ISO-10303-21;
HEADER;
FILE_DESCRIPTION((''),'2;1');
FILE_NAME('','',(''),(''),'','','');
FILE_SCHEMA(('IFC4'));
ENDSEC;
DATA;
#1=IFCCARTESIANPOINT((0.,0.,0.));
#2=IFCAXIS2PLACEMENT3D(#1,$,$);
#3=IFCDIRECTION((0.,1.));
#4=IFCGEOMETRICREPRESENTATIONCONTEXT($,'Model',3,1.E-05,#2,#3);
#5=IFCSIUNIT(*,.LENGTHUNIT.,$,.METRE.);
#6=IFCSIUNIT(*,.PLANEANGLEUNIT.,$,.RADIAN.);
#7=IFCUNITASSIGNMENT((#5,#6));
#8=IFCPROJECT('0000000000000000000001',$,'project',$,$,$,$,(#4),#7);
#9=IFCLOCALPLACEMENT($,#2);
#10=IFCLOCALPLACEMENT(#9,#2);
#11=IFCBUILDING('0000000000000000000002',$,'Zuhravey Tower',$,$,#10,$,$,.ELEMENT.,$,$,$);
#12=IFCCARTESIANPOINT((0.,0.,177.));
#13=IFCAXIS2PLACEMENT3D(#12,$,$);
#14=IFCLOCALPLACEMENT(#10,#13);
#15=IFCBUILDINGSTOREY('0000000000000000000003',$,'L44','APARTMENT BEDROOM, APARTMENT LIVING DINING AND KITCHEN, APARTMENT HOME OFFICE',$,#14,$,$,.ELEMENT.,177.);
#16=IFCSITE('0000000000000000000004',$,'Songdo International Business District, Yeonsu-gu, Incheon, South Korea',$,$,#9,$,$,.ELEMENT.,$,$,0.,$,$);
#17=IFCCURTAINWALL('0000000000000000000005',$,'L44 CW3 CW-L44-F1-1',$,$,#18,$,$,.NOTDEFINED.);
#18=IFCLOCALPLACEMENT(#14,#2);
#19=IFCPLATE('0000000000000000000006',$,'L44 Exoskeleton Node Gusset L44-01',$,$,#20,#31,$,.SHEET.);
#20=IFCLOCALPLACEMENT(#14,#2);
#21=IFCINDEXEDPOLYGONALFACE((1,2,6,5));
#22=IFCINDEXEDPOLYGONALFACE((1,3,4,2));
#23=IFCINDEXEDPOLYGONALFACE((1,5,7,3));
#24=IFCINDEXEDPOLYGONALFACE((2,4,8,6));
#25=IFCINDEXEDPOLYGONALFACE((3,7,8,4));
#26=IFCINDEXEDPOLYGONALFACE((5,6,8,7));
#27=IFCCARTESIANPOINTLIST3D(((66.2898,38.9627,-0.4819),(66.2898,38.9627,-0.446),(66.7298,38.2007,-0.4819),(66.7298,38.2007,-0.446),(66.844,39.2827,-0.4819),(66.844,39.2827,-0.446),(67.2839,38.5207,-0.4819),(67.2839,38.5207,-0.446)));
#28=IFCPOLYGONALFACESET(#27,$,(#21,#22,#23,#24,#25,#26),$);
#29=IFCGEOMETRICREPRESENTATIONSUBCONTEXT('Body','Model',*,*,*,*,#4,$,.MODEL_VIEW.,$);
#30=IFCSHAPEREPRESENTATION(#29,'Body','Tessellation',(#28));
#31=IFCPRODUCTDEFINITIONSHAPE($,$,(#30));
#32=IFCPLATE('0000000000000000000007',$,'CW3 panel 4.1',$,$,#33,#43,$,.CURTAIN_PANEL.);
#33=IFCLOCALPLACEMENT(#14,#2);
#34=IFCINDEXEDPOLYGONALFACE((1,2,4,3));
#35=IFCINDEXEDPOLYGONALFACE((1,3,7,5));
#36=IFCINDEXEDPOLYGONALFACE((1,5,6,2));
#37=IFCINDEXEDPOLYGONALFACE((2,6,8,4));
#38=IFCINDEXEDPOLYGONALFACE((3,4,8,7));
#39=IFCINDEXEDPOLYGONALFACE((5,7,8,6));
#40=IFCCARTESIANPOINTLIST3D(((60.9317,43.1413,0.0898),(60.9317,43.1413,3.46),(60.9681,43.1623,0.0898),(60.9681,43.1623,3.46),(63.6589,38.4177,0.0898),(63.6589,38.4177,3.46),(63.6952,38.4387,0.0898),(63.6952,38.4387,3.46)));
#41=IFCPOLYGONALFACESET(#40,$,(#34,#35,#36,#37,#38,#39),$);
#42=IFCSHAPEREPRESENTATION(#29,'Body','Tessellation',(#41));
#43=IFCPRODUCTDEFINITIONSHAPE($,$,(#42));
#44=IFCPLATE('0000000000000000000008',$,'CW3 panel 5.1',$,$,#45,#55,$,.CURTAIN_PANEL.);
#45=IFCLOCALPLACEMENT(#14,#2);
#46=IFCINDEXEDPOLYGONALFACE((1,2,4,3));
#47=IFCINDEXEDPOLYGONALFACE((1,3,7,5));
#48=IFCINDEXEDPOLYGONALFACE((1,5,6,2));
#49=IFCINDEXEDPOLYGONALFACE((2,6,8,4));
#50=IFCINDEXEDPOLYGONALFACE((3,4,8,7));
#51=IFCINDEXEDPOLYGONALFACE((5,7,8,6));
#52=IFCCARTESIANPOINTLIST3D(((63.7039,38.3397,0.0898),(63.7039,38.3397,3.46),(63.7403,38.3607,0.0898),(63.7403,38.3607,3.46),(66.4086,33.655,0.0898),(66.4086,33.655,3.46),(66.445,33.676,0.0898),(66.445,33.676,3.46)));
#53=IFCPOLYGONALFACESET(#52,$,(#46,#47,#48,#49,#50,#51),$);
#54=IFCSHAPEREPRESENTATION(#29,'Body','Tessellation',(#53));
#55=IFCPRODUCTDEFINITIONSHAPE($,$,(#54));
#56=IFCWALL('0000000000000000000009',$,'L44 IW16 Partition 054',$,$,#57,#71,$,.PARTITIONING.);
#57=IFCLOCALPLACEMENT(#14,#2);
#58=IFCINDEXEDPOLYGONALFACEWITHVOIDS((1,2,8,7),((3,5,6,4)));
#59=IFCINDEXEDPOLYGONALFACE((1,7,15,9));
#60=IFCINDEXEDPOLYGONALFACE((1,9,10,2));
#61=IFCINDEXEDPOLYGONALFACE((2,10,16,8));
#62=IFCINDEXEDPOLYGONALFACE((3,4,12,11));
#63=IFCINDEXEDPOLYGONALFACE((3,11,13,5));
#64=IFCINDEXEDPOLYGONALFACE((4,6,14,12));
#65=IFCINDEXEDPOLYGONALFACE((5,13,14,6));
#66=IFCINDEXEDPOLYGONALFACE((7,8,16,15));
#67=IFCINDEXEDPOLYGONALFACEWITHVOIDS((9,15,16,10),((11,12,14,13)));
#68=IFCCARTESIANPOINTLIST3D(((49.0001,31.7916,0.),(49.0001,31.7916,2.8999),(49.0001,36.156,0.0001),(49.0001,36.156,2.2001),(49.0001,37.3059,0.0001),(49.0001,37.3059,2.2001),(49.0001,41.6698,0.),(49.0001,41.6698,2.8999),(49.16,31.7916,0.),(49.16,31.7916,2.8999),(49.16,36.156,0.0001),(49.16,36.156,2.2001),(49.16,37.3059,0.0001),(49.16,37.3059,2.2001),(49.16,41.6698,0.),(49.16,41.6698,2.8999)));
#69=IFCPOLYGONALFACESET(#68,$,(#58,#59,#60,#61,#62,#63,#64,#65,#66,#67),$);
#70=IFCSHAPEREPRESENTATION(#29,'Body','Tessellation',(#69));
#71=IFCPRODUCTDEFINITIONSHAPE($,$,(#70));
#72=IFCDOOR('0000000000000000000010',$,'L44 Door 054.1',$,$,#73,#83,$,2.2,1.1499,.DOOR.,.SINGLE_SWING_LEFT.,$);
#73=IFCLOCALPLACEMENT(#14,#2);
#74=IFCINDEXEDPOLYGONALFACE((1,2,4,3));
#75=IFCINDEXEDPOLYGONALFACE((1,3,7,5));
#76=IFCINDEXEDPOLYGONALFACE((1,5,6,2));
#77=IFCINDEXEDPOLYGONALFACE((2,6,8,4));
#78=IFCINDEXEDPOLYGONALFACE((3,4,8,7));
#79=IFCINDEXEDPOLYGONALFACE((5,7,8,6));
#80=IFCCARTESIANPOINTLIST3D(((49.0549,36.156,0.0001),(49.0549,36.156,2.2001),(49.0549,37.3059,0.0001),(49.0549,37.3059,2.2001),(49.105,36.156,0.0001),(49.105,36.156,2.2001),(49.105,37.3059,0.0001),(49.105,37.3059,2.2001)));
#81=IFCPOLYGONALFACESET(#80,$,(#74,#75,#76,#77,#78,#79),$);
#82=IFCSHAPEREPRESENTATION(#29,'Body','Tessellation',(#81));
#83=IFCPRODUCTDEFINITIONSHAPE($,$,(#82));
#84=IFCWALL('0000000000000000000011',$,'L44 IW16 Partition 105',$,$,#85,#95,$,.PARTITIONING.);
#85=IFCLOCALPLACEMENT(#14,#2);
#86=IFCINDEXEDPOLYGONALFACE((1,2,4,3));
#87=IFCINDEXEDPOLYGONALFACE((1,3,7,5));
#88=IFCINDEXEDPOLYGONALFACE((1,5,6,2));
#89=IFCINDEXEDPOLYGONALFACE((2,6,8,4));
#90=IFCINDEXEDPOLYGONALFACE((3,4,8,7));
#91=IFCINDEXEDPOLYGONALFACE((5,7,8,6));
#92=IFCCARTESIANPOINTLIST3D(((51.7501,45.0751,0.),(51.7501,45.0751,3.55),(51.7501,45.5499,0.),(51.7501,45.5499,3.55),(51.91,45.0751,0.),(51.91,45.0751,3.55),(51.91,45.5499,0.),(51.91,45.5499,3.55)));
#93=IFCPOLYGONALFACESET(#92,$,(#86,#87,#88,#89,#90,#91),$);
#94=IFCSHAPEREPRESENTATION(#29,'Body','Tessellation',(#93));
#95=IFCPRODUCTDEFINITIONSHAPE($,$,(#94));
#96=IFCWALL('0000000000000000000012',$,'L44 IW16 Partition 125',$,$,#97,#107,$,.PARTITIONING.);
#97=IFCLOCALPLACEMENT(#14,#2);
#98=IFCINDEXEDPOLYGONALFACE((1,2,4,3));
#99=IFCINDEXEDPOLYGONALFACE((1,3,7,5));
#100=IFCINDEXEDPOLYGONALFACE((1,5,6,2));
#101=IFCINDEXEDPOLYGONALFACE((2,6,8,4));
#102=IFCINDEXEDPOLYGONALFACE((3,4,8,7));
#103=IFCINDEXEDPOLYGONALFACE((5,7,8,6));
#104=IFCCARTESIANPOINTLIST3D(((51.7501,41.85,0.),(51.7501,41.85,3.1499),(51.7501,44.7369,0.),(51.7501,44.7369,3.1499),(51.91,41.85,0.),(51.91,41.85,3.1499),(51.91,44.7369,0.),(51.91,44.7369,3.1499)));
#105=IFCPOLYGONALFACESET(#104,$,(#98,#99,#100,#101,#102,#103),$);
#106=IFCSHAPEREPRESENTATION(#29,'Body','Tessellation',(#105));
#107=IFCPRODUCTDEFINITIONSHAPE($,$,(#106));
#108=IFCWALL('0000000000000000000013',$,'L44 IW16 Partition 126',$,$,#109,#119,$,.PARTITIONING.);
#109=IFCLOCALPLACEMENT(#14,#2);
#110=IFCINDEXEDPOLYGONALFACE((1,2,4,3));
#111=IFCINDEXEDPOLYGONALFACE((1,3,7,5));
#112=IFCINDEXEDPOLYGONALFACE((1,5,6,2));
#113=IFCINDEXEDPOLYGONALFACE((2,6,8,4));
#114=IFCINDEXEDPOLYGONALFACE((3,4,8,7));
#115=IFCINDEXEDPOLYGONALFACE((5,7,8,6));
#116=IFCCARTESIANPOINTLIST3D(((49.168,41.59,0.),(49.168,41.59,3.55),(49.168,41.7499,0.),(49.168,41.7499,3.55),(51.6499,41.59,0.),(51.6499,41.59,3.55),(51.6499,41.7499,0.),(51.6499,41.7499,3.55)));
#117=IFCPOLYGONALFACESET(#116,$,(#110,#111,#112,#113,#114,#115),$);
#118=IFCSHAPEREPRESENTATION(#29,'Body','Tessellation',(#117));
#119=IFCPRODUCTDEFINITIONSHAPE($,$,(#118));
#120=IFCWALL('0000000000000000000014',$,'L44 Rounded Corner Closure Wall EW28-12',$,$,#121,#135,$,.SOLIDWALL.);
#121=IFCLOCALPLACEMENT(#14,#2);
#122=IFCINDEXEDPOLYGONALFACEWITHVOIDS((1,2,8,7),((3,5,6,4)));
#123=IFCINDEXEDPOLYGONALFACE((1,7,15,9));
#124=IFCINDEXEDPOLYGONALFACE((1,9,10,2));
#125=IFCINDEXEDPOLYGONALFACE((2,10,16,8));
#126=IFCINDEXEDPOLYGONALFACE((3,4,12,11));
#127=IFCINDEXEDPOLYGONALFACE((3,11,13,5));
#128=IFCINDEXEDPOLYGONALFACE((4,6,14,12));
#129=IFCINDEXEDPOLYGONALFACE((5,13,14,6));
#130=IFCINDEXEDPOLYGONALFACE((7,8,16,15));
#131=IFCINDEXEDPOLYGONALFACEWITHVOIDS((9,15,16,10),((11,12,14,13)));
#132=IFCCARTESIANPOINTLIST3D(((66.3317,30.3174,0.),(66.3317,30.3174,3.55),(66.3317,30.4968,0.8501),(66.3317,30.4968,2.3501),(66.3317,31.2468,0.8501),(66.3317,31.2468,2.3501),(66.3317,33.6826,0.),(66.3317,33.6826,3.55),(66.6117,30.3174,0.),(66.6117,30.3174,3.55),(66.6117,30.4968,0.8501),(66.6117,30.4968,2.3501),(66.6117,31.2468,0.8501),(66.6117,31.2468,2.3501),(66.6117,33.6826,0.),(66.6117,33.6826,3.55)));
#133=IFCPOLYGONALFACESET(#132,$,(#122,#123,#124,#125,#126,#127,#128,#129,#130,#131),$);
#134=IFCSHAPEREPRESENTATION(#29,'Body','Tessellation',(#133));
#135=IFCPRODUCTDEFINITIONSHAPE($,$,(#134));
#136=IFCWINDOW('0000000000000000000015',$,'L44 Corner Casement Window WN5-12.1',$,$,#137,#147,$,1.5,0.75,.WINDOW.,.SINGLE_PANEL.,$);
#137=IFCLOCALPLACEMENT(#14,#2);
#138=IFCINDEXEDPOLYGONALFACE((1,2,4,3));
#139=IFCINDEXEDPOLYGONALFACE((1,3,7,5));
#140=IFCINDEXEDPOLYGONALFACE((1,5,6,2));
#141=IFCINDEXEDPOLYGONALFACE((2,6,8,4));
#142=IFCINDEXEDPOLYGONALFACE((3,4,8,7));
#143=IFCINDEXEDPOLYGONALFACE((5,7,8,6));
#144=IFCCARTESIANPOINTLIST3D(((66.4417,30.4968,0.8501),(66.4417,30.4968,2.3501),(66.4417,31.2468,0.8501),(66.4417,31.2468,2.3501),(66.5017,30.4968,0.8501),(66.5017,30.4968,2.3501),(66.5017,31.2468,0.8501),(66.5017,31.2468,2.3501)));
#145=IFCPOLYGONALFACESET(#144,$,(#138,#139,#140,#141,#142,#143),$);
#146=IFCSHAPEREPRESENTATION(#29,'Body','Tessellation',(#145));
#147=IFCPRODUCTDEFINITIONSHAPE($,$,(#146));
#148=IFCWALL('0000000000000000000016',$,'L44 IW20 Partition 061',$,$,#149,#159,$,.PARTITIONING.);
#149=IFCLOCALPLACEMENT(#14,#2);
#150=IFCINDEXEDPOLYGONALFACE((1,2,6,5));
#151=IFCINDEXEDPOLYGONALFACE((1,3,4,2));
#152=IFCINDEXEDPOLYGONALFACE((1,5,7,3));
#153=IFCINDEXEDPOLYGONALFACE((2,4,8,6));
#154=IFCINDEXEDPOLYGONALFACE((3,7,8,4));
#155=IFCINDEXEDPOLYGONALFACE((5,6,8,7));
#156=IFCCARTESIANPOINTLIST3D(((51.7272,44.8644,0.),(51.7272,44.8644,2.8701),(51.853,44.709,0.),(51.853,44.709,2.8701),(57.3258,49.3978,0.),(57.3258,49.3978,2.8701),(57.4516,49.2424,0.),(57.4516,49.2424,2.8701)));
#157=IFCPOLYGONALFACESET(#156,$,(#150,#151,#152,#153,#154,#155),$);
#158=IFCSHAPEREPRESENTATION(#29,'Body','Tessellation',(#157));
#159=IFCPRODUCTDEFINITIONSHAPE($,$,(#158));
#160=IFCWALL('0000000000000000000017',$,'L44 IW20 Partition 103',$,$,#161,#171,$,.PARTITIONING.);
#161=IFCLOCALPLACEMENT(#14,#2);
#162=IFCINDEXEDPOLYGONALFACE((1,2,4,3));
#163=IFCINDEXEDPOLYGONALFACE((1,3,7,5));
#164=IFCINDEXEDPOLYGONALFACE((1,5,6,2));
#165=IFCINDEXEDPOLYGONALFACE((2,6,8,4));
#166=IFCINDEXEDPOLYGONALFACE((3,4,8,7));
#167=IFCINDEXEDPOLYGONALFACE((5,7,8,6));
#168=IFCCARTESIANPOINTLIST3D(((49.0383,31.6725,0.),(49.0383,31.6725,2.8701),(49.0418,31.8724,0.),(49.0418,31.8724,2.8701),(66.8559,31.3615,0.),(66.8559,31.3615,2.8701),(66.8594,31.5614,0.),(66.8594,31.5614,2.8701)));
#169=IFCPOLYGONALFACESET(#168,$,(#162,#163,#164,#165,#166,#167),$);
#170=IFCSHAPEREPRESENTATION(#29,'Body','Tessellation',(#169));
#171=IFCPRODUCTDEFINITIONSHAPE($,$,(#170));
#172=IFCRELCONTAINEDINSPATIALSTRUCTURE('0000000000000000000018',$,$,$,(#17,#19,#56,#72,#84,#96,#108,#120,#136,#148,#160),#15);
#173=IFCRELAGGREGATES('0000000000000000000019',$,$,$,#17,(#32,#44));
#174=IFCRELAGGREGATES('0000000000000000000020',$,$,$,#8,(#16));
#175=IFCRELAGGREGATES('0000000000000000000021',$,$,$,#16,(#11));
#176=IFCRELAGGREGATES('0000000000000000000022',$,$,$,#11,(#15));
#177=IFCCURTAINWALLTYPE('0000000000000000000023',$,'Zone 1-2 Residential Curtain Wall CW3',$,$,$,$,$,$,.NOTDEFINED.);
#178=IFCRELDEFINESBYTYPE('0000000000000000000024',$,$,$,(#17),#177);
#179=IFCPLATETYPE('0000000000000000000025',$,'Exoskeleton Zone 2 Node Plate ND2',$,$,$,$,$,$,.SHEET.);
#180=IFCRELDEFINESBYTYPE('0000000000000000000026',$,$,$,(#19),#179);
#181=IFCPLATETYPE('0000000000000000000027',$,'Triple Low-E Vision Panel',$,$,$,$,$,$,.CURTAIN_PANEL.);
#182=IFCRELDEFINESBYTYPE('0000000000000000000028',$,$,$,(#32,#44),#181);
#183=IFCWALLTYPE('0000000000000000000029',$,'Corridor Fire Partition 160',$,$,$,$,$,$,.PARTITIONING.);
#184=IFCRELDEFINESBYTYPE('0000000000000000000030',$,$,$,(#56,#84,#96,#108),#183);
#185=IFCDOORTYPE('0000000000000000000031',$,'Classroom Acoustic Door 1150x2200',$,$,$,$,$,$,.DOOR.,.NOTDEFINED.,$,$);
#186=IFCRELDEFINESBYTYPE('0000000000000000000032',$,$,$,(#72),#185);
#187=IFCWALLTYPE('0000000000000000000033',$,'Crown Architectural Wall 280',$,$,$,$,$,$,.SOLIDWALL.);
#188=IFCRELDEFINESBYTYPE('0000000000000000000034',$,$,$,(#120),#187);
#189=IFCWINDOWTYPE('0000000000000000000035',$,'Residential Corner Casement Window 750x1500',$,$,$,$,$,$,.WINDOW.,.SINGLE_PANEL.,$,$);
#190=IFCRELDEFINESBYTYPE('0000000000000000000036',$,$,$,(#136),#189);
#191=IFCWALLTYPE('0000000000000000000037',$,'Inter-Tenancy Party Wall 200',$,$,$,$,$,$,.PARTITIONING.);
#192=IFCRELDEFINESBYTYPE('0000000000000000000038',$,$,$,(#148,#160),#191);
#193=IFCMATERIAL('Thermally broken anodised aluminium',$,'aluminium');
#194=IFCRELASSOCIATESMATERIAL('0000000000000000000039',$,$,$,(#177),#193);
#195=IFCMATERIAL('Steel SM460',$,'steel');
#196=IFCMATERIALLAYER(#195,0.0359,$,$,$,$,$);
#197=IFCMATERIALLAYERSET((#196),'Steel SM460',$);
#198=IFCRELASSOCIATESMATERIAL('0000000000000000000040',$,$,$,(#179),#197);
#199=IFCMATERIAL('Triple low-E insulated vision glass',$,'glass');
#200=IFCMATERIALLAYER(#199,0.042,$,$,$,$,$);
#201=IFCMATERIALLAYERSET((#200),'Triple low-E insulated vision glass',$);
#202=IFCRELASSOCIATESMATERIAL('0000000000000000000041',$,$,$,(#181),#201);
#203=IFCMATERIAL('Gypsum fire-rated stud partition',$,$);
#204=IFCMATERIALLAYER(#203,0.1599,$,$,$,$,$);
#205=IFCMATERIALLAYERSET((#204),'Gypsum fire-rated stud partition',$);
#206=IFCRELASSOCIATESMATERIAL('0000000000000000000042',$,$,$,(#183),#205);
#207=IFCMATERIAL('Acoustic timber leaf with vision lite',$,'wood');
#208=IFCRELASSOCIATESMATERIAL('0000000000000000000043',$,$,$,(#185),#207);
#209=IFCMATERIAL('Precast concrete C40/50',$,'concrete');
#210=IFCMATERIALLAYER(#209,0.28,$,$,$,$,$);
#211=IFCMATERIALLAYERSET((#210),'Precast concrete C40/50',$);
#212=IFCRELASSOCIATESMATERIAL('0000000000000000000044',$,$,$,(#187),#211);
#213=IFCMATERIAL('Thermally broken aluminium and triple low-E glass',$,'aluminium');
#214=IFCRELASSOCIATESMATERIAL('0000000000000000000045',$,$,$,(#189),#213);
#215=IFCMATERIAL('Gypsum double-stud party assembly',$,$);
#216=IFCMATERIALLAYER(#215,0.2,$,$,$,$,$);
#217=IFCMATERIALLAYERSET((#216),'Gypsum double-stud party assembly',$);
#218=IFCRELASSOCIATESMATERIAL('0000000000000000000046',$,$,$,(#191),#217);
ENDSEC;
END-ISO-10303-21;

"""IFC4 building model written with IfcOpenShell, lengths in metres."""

from ifc_helpers import new_model, si_unit, direction, frame, frame_2d, origin, origin_2d, place, context, subcontext, project, spatial, rectangle, extrude, material, layer, layer_set, type_object, element, fill, aggregate, save


model = new_model("IFC4")

# Units and contexts
model_context = context("Model", 3, precision=1e-05, world=origin(), true_north=direction((0.0, 1.0)))
body_context = subcontext(model_context, "Body", "Model", "MODEL_VIEW")
ifc_project = project(units=[si_unit("LENGTHUNIT", "METRE"), si_unit("PLANEANGLEUNIT", "RADIAN")], contexts=[model_context])

# Site, building, storey
site_placement = place(None, origin())
site = spatial("IfcSite", under=ifc_project, at=site_placement, Name="Songdo International Business District, Yeonsu-gu, Incheon, South Korea", CompositionType="ELEMENT", RefElevation=0.0)
building_placement = place(site_placement, origin())
building = spatial("IfcBuilding", under=site, at=building_placement, Name="Zuhravey Tower", CompositionType="ELEMENT")
storey_placement = place(building_placement, frame((0.0, 0.0, 177.0)))
storey = spatial("IfcBuildingStorey", under=building, at=storey_placement, Name="L44", Description="APARTMENT BEDROOM, APARTMENT LIVING DINING AND KITCHEN, APARTMENT HOME OFFICE", CompositionType="ELEMENT", Elevation=177.0)

# Curtain wall
ifc_material_1 = material(Name="Thermally broken anodised aluminium", Category="aluminium")
curtain_wall_type = type_object("IfcCurtainWallType", Name="Zone 1-2 Residential Curtain Wall CW3", PredefinedType="NOTDEFINED", material=ifc_material_1)
curtain_wall_placement = place(storey_placement, origin())
curtain_wall = element("IfcCurtainWall", 1, at=curtain_wall_placement, inside=storey, type_object=curtain_wall_type, Name="L44 CW3 CW-L44-F1-1", PredefinedType="NOTDEFINED")

# Shared definitions
ifc_material_2 = material(Name="Steel SM460", Category="steel")

# Plates
ifc_layer_1 = layer(ifc_material_2, 0.0359)
ifc_layer_set_1 = layer_set([ifc_layer_1], Name="Steel SM460")
plate_type_1 = type_object("IfcPlateType", Name="Exoskeleton Zone 2 Node Plate ND2", PredefinedType="SHEET", material=ifc_layer_set_1)
plate_1_placement = place(storey_placement, frame((66.7869, 38.7417, -0.4819), z_axis=(0.0, 0.0, 1.0), x_axis=(-0.5, 0.866025, 0.0)))
element("IfcPlate", 2, at=plate_1_placement, inside=storey, type_object=plate_type_1, Name="L44 Exoskeleton Node Gusset L44-01", PredefinedType="SHEET", context=body_context, shape_type="SweptSolid", body=[
    extrude(rectangle(XDim=0.8799, YDim=0.6399, at=origin_2d()), origin(), (0.0, 0.0, 1.0), 0.0359),
])
ifc_material_3 = material(Name="Triple low-E insulated vision glass", Category="glass")
ifc_layer_2 = layer(ifc_material_3, 0.042)
ifc_layer_set_2 = layer_set([ifc_layer_2], Name="Triple low-E insulated vision glass")
plate_type_2 = type_object("IfcPlateType", Name="Triple Low-E Vision Panel", PredefinedType="CURTAIN_PANEL", material=ifc_layer_set_2)
plate_2_placement = place(storey_placement, frame((62.3135, 40.79, 0.0898), z_axis=(0.0, 0.0, 1.0), x_axis=(0.5, -0.866025, 0.0)))
plate_2 = element("IfcPlate", 3, at=plate_2_placement, type_object=plate_type_2, Name="CW3 panel 4.1", PredefinedType="CURTAIN_PANEL", context=body_context, shape_type="SweptSolid", body=[
    extrude(rectangle(XDim=5.4543, YDim=0.042, at=origin_2d()), origin(), (0.0, 0.0, 1.0), 3.3701),
])
plate_3_placement = place(storey_placement, frame((65.0745, 36.0078, 0.0898), z_axis=(0.0, 0.0, 1.0), x_axis=(0.5, -0.866025, 0.0)))
plate_3 = element("IfcPlate", 4, at=plate_3_placement, type_object=plate_type_2, Name="CW3 panel 5.1", PredefinedType="CURTAIN_PANEL", context=body_context, shape_type="SweptSolid", body=[
    extrude(rectangle(XDim=5.4094, YDim=0.042, at=origin_2d()), origin(), (0.0, 0.0, 1.0), 3.3701),
])
aggregate(curtain_wall, [plate_2, plate_3])

# Wall, opening, door
ifc_material_4 = material(Name="Gypsum fire-rated stud partition")
ifc_layer_3 = layer(ifc_material_4, 0.1599)
ifc_layer_set_3 = layer_set([ifc_layer_3], Name="Gypsum fire-rated stud partition")
wall_type_1 = type_object("IfcWallType", Name="Corridor Fire Partition 160", PredefinedType="PARTITIONING", material=ifc_layer_set_3)
wall_1_placement = place(storey_placement, frame((49.0801, 31.7917, 0.0), z_axis=(0.0, 0.0, 1.0), x_axis=(0.0, 1.0, 0.0)))
wall_1 = element("IfcWall", 5, at=wall_1_placement, inside=storey, type_object=wall_type_1, Name="L44 IW16 Partition 054", PredefinedType="PARTITIONING", context=body_context, shape_type="SweptSolid", body=[
    extrude(rectangle(XDim=9.8782, YDim=0.1599, at=frame_2d((4.939, 0.0))), origin(), (0.0, 0.0, 1.0), 2.8999),
])
opening_1_placement = place(wall_1_placement, frame((4.3643, 0.0, 0.0)))
opening_1 = element("IfcOpeningElement", 6, at=opening_1_placement, cuts=wall_1, PredefinedType="OPENING", context=body_context, shape_type="SweptSolid", body=[
    extrude(rectangle(XDim=1.1499, YDim=2.2, at=frame_2d((0.575, 1.1001))), frame((0.0, 0.092, 0.0), z_axis=(0.0, -1.0, 0.0), x_axis=(1.0, 0.0, 0.0)), (0.0, 0.0, 1.0), 0.1838),
])
ifc_material_5 = material(Name="Acoustic timber leaf with vision lite", Category="wood")
door_type = type_object("IfcDoorType", Name="Classroom Acoustic Door 1150x2200", OperationType="NOTDEFINED", PredefinedType="DOOR", material=ifc_material_5)
door_placement = place(opening_1_placement, frame((1.1499, 0.0, 0.0), z_axis=(0.0, 0.0, 1.0), x_axis=(-1.0, 0.0, 0.0)))
door = element("IfcDoor", 7, at=door_placement, inside=storey, type_object=door_type, Name="L44 Door 054.1", OperationType="SINGLE_SWING_LEFT", OverallHeight=2.2, OverallWidth=1.1499, PredefinedType="DOOR", context=body_context, shape_type="SweptSolid", body=[
    extrude(rectangle(XDim=1.1499, YDim=2.2, at=frame_2d((0.575, 1.1001))), frame((0.0, 0.0249, 0.0), z_axis=(0.0, -1.0, 0.0), x_axis=(1.0, 0.0, 0.0)), (0.0, 0.0, 1.0), 0.05),
])
fill(opening_1, door)

# Walls
wall_2_placement = place(storey_placement, frame((51.8301, 45.0752, 0.0), z_axis=(0.0, 0.0, 1.0), x_axis=(0.0, 1.0, 0.0)))
element("IfcWall", 8, at=wall_2_placement, inside=storey, type_object=wall_type_1, Name="L44 IW16 Partition 105", PredefinedType="PARTITIONING", context=body_context, shape_type="SweptSolid", body=[
    extrude(rectangle(XDim=0.4749, YDim=0.1599, at=frame_2d((0.2373, 0.0))), origin(), (0.0, 0.0, 1.0), 3.55),
])
wall_3_placement = place(storey_placement, frame((51.8301, 41.8501, 0.0), z_axis=(0.0, 0.0, 1.0), x_axis=(0.0, 1.0, 0.0)))
element("IfcWall", 9, at=wall_3_placement, inside=storey, type_object=wall_type_1, Name="L44 IW16 Partition 125", PredefinedType="PARTITIONING", context=body_context, shape_type="SweptSolid", body=[
    extrude(rectangle(XDim=2.887, YDim=0.1599, at=frame_2d((1.4434, 0.0))), origin(), (0.0, 0.0, 1.0), 3.1499),
])
wall_4_placement = place(storey_placement, frame((49.168, 41.6699, 0.0), z_axis=(0.0, 0.0, 1.0), x_axis=(1.0, 0.0, 0.0)))
element("IfcWall", 10, at=wall_4_placement, inside=storey, type_object=wall_type_1, Name="L44 IW16 Partition 126", PredefinedType="PARTITIONING", context=body_context, shape_type="SweptSolid", body=[
    extrude(rectangle(XDim=2.4819, YDim=0.1599, at=frame_2d((1.241, 0.0))), origin(), (0.0, 0.0, 1.0), 3.55),
])

# Wall, opening, window
ifc_material_6 = material(Name="Precast concrete C40/50", Category="concrete")
ifc_layer_4 = layer(ifc_material_6, 0.28)
ifc_layer_set_4 = layer_set([ifc_layer_4], Name="Precast concrete C40/50")
wall_type_2 = type_object("IfcWallType", Name="Crown Architectural Wall 280", PredefinedType="SOLIDWALL", material=ifc_layer_set_4)
wall_5_placement = place(storey_placement, frame((66.4717, 33.6826, 0.0), z_axis=(0.0, 0.0, 1.0), x_axis=(0.0, -1.0, 0.0)))
wall_5 = element("IfcWall", 11, at=wall_5_placement, inside=storey, type_object=wall_type_2, Name="L44 Rounded Corner Closure Wall EW28-12", PredefinedType="SOLIDWALL", context=body_context, shape_type="SweptSolid", body=[
    extrude(rectangle(XDim=3.3652, YDim=0.28, at=frame_2d((1.6826, 0.0))), origin(), (0.0, 0.0, 1.0), 3.55),
])
opening_2_placement = place(wall_5_placement, frame((2.4358, 0.0, 0.8501)))
opening_2 = element("IfcOpeningElement", 12, at=opening_2_placement, cuts=wall_5, PredefinedType="OPENING", context=body_context, shape_type="SweptSolid", body=[
    extrude(rectangle(XDim=0.75, YDim=1.5, at=frame_2d((0.375, 0.75))), frame((0.0, 0.1521, 0.0), z_axis=(0.0, -1.0, 0.0), x_axis=(1.0, 0.0, 0.0)), (0.0, 0.0, 1.0), 0.304),
])
ifc_material_7 = material(Name="Thermally broken aluminium and triple low-E glass", Category="aluminium")
window_type = type_object("IfcWindowType", Name="Residential Corner Casement Window 750x1500", PartitioningType="SINGLE_PANEL", PredefinedType="WINDOW", material=ifc_material_7)
window_placement = place(opening_2_placement, origin())
window = element("IfcWindow", 13, at=window_placement, inside=storey, type_object=window_type, Name="L44 Corner Casement Window WN5-12.1", OverallHeight=1.5, OverallWidth=0.75, PartitioningType="SINGLE_PANEL", PredefinedType="WINDOW", context=body_context, shape_type="SweptSolid", body=[
    extrude(rectangle(XDim=0.75, YDim=1.5, at=frame_2d((0.375, 0.75))), frame((0.0, 0.03, 0.0), z_axis=(0.0, -1.0, 0.0), x_axis=(1.0, 0.0, 0.0)), (0.0, 0.0, 1.0), 0.0601),
])
fill(opening_2, window)

# Walls
ifc_material_8 = material(Name="Gypsum double-stud party assembly")
ifc_layer_5 = layer(ifc_material_8, 0.2)
ifc_layer_set_5 = layer_set([ifc_layer_5], Name="Gypsum double-stud party assembly")
wall_type_3 = type_object("IfcWallType", Name="Inter-Tenancy Party Wall 200", PredefinedType="PARTITIONING", material=ifc_layer_set_5)
wall_6_placement = place(storey_placement, frame((51.79, 44.7866, 0.0), z_axis=(0.0, 0.0, 1.0), x_axis=(0.777162, 0.629301, 0.0)))
element("IfcWall", 14, at=wall_6_placement, inside=storey, type_object=wall_type_3, Name="L44 IW20 Partition 061", PredefinedType="PARTITIONING", context=body_context, shape_type="SweptSolid", body=[
    extrude(rectangle(XDim=7.2039, YDim=0.2, at=frame_2d((3.6021, 0.0))), origin(), (0.0, 0.0, 1.0), 2.8701),
])
wall_7_placement = place(storey_placement, frame((49.04, 31.7725, 0.0), z_axis=(0.0, 0.0, 1.0), x_axis=(0.999848, -0.017454, 0.0)))
element("IfcWall", 15, at=wall_7_placement, inside=storey, type_object=wall_type_3, Name="L44 IW20 Partition 103", PredefinedType="PARTITIONING", context=body_context, shape_type="SweptSolid", body=[
    extrude(rectangle(XDim=17.8203, YDim=0.2, at=frame_2d((8.9102, 0.0))), origin(), (0.0, 0.0, 1.0), 2.8701),
])

save(model, "model.ifc")
